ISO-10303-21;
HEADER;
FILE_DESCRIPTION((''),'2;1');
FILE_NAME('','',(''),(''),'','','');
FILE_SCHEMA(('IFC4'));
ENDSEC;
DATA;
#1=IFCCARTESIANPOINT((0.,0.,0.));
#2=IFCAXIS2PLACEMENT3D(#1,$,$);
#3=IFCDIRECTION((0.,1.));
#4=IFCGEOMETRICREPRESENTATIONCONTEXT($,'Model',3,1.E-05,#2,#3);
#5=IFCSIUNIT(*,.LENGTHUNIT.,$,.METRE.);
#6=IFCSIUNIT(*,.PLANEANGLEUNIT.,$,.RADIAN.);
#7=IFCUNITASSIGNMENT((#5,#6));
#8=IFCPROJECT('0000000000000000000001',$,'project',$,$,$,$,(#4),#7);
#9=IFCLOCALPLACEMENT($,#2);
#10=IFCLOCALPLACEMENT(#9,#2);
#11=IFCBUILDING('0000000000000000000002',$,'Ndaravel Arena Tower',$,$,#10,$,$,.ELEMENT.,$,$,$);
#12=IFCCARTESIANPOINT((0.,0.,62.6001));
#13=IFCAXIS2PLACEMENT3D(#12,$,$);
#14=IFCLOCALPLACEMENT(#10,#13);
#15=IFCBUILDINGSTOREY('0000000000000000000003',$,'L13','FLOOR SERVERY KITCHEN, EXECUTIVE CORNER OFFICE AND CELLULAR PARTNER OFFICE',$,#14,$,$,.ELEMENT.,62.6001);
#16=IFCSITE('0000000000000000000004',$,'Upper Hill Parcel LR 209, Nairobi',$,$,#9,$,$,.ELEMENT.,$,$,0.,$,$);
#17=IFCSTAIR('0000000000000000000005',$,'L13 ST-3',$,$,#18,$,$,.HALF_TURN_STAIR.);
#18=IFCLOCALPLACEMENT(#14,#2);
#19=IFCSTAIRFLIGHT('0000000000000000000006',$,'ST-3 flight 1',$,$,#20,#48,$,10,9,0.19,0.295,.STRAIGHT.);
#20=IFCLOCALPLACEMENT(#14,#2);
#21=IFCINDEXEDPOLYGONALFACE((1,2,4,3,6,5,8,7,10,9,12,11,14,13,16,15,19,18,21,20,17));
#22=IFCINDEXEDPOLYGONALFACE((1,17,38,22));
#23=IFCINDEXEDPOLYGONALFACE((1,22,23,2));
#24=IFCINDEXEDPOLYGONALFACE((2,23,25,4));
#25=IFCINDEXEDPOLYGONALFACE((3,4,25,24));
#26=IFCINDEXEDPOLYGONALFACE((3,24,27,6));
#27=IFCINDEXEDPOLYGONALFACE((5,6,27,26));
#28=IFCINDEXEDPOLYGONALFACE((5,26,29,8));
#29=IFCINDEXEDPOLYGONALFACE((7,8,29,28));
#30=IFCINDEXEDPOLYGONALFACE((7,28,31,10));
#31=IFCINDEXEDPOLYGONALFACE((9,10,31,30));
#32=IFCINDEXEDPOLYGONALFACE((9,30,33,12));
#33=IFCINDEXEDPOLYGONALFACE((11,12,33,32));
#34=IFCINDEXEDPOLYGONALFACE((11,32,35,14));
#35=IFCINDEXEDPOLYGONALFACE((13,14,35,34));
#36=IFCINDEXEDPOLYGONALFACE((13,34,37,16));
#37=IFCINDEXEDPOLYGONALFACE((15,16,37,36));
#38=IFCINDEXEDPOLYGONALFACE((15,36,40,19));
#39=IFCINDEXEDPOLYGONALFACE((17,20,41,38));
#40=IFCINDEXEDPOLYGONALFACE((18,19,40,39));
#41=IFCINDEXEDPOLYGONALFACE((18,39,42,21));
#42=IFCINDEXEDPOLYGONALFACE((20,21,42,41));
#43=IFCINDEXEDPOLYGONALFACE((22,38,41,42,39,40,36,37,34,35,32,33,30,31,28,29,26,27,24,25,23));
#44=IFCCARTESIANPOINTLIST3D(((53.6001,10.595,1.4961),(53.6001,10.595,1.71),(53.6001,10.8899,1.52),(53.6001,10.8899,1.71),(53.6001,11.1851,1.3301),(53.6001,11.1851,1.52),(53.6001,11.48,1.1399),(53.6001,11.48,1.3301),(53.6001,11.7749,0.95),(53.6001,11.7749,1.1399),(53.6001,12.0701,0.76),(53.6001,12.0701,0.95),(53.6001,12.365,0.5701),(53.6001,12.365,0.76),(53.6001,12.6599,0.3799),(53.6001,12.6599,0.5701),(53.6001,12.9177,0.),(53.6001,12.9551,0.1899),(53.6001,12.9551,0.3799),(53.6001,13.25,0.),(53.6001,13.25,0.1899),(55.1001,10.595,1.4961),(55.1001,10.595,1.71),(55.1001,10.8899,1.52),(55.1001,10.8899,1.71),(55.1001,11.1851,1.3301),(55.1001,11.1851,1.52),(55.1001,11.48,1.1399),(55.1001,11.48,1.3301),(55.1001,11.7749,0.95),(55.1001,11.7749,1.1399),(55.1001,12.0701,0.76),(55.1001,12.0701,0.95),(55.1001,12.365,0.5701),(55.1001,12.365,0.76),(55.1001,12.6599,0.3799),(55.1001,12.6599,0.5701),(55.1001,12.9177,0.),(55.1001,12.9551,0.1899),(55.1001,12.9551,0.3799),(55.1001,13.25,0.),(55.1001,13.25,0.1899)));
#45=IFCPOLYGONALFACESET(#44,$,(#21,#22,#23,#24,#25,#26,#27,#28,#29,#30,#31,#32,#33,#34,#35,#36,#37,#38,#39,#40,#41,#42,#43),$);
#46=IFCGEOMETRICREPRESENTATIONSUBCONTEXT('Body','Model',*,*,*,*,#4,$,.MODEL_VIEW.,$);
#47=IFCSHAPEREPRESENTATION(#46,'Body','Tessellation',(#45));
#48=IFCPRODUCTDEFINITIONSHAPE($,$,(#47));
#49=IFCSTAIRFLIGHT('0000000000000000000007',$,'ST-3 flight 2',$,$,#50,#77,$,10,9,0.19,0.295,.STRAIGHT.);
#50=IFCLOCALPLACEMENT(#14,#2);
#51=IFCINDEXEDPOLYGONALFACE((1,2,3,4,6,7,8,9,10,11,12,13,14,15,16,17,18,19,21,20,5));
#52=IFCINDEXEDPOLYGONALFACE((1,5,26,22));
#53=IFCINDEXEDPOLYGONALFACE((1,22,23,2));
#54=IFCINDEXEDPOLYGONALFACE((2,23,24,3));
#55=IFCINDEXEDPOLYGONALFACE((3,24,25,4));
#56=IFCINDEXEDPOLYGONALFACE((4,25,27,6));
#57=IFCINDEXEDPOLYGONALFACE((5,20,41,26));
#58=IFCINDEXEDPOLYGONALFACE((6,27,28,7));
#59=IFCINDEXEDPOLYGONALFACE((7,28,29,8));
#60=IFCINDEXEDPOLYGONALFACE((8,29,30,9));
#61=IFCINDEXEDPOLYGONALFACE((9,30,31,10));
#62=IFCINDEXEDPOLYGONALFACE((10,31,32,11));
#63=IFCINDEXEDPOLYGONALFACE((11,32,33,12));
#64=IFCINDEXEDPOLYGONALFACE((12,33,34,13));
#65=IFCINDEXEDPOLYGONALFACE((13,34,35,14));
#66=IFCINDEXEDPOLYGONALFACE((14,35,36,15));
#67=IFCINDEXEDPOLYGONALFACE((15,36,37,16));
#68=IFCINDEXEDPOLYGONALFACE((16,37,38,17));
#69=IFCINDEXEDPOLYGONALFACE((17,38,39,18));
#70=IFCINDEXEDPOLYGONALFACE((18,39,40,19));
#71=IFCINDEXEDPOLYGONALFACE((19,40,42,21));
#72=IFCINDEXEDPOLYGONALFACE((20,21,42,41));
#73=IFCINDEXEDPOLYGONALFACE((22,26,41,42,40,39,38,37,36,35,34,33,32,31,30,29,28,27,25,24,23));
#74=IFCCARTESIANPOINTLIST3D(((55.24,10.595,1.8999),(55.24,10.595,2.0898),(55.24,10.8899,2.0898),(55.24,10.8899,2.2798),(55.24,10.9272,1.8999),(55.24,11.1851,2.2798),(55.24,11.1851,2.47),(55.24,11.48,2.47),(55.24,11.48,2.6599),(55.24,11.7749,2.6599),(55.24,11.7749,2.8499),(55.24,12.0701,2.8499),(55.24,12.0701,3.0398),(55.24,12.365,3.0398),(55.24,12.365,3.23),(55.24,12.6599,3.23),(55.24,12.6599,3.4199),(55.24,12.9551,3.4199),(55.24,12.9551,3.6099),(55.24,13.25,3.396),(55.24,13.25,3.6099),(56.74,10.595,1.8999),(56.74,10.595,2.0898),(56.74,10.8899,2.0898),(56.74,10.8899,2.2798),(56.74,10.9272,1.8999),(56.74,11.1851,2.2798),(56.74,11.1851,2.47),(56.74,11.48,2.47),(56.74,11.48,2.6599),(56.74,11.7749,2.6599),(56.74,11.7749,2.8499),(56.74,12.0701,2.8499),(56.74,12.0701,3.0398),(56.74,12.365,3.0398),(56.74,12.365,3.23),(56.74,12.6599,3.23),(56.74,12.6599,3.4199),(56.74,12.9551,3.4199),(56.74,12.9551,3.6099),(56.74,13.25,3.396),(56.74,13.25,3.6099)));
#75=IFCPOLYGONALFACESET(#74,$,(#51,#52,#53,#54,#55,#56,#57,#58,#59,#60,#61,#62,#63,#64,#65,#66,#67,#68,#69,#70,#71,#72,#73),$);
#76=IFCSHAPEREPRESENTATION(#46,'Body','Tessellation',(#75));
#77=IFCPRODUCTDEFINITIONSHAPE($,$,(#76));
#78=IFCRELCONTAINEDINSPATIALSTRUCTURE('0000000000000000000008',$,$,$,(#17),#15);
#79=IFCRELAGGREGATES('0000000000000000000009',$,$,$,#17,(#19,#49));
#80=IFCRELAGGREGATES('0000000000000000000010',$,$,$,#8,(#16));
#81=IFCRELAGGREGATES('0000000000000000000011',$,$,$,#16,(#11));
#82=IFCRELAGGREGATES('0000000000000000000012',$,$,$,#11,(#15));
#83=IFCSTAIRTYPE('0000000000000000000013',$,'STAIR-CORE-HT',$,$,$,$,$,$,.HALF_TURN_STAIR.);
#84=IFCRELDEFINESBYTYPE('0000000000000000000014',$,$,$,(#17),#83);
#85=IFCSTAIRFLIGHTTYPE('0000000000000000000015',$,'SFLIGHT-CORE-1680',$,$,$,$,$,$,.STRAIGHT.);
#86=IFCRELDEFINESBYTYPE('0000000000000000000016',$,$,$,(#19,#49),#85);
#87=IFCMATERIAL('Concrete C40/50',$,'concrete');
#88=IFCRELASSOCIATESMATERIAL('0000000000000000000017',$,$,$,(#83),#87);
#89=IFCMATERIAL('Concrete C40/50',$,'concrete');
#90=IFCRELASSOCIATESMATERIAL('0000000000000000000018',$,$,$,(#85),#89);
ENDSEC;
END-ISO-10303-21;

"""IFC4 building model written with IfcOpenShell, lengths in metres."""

from ifc_helpers import new_model, si_unit, direction, frame, origin, place, context, subcontext, project, spatial, polyline, outline, extrude, material, type_object, element, aggregate, save


model = new_model("IFC4")

# Units and contexts
model_context = context("Model", 3, precision=1e-05, world=origin(), true_north=direction((0.0, 1.0)))
body_context = subcontext(model_context, "Body", "Model", "MODEL_VIEW")
ifc_project = project(units=[si_unit("LENGTHUNIT", "METRE"), si_unit("PLANEANGLEUNIT", "RADIAN")], contexts=[model_context])

# Site, building, storey
site_placement = place(None, origin())
site = spatial("IfcSite", under=ifc_project, at=site_placement, Name="Upper Hill Parcel LR 209, Nairobi", CompositionType="ELEMENT", RefElevation=0.0)
building_placement = place(site_placement, origin())
building = spatial("IfcBuilding", under=site, at=building_placement, Name="Ndaravel Arena Tower", CompositionType="ELEMENT")
storey_placement = place(building_placement, frame((0.0, 0.0, 62.6001)))
storey = spatial("IfcBuildingStorey", under=building, at=storey_placement, Name="L13", Description="FLOOR SERVERY KITCHEN, EXECUTIVE CORNER OFFICE AND CELLULAR PARTNER OFFICE", CompositionType="ELEMENT", Elevation=62.6001)

# Stair, stair flights
ifc_material_1 = material(Name="Concrete C40/50", Category="concrete")
stair_type = type_object("IfcStairType", Name="STAIR-CORE-HT", PredefinedType="HALF_TURN_STAIR", material=ifc_material_1)
stair_placement = place(storey_placement, origin())
stair = element("IfcStair", 1, at=stair_placement, inside=storey, type_object=stair_type, Name="L13 ST-3", PredefinedType="HALF_TURN_STAIR")
ifc_material_2 = material(Name="Concrete C40/50", Category="concrete")
stair_flight_type = type_object("IfcStairFlightType", Name="SFLIGHT-CORE-1680", PredefinedType="STRAIGHT", material=ifc_material_2)
stair_flight_1_placement = place(storey_placement, frame((54.3501, 13.25, 0.0), z_axis=(0.0, 0.0, 1.0), x_axis=(0.0, -1.0, 0.0)))
stair_flight_1 = element("IfcStairFlight", 2, at=stair_flight_1_placement, type_object=stair_flight_type, Name="ST-3 flight 1", NumberOfRisers=10, NumberOfTreads=9, PredefinedType="STRAIGHT", RiserHeight=0.19, TreadLength=0.295, context=body_context, shape_type="SweptSolid", body=[
    extrude(outline(polyline([(0.0, 0.0), (0.0, 0.1899), (0.2949, 0.1899), (0.2949, 0.3799), (0.5901, 0.3799), (0.5901, 0.5701), (0.885, 0.5701), (0.885, 0.76), (1.1799, 0.76), (1.1799, 0.95), (1.4751, 0.95), (1.4751, 1.1399), (1.77, 1.1399), (1.77, 1.3301), (2.0649, 1.3301), (2.0649, 1.52), (2.3601, 1.52), (2.3601, 1.71), (2.655, 1.71), (2.655, 1.8999), (2.655, 1.4961), (0.3323, 0.0), (0.0, 0.0)])), frame((0.0, 0.75, 0.0), z_axis=(0.0, -1.0, 0.0), x_axis=(1.0, 0.0, 0.0)), (0.0, 0.0, 1.0), 1.5),
])
stair_flight_2_placement = place(storey_placement, frame((55.99, 10.595, 1.8999), z_axis=(0.0, 0.0, 1.0), x_axis=(0.0, 1.0, 0.0)))
stair_flight_2 = element("IfcStairFlight", 3, at=stair_flight_2_placement, type_object=stair_flight_type, Name="ST-3 flight 2", NumberOfRisers=10, NumberOfTreads=9, PredefinedType="STRAIGHT", RiserHeight=0.19, TreadLength=0.295, context=body_context, shape_type="SweptSolid", body=[
    extrude(outline(polyline([(0.0, 0.0), (0.0, 0.1899), (0.2949, 0.1899), (0.2949, 0.3799), (0.5901, 0.3799), (0.5901, 0.5701), (0.885, 0.5701), (0.885, 0.76), (1.1799, 0.76), (1.1799, 0.95), (1.4751, 0.95), (1.4751, 1.1399), (1.77, 1.1399), (1.77, 1.3301), (2.0649, 1.3301), (2.0649, 1.52), (2.3601, 1.52), (2.3601, 1.71), (2.655, 1.71), (2.655, 1.8999), (2.655, 1.4961), (0.3323, 0.0), (0.0, 0.0)])), frame((0.0, 0.75, 0.0), z_axis=(0.0, -1.0, 0.0), x_axis=(1.0, 0.0, 0.0)), (0.0, 0.0, 1.0), 1.5),
])
aggregate(stair, [stair_flight_1, stair_flight_2])

save(model, "model.ifc")
